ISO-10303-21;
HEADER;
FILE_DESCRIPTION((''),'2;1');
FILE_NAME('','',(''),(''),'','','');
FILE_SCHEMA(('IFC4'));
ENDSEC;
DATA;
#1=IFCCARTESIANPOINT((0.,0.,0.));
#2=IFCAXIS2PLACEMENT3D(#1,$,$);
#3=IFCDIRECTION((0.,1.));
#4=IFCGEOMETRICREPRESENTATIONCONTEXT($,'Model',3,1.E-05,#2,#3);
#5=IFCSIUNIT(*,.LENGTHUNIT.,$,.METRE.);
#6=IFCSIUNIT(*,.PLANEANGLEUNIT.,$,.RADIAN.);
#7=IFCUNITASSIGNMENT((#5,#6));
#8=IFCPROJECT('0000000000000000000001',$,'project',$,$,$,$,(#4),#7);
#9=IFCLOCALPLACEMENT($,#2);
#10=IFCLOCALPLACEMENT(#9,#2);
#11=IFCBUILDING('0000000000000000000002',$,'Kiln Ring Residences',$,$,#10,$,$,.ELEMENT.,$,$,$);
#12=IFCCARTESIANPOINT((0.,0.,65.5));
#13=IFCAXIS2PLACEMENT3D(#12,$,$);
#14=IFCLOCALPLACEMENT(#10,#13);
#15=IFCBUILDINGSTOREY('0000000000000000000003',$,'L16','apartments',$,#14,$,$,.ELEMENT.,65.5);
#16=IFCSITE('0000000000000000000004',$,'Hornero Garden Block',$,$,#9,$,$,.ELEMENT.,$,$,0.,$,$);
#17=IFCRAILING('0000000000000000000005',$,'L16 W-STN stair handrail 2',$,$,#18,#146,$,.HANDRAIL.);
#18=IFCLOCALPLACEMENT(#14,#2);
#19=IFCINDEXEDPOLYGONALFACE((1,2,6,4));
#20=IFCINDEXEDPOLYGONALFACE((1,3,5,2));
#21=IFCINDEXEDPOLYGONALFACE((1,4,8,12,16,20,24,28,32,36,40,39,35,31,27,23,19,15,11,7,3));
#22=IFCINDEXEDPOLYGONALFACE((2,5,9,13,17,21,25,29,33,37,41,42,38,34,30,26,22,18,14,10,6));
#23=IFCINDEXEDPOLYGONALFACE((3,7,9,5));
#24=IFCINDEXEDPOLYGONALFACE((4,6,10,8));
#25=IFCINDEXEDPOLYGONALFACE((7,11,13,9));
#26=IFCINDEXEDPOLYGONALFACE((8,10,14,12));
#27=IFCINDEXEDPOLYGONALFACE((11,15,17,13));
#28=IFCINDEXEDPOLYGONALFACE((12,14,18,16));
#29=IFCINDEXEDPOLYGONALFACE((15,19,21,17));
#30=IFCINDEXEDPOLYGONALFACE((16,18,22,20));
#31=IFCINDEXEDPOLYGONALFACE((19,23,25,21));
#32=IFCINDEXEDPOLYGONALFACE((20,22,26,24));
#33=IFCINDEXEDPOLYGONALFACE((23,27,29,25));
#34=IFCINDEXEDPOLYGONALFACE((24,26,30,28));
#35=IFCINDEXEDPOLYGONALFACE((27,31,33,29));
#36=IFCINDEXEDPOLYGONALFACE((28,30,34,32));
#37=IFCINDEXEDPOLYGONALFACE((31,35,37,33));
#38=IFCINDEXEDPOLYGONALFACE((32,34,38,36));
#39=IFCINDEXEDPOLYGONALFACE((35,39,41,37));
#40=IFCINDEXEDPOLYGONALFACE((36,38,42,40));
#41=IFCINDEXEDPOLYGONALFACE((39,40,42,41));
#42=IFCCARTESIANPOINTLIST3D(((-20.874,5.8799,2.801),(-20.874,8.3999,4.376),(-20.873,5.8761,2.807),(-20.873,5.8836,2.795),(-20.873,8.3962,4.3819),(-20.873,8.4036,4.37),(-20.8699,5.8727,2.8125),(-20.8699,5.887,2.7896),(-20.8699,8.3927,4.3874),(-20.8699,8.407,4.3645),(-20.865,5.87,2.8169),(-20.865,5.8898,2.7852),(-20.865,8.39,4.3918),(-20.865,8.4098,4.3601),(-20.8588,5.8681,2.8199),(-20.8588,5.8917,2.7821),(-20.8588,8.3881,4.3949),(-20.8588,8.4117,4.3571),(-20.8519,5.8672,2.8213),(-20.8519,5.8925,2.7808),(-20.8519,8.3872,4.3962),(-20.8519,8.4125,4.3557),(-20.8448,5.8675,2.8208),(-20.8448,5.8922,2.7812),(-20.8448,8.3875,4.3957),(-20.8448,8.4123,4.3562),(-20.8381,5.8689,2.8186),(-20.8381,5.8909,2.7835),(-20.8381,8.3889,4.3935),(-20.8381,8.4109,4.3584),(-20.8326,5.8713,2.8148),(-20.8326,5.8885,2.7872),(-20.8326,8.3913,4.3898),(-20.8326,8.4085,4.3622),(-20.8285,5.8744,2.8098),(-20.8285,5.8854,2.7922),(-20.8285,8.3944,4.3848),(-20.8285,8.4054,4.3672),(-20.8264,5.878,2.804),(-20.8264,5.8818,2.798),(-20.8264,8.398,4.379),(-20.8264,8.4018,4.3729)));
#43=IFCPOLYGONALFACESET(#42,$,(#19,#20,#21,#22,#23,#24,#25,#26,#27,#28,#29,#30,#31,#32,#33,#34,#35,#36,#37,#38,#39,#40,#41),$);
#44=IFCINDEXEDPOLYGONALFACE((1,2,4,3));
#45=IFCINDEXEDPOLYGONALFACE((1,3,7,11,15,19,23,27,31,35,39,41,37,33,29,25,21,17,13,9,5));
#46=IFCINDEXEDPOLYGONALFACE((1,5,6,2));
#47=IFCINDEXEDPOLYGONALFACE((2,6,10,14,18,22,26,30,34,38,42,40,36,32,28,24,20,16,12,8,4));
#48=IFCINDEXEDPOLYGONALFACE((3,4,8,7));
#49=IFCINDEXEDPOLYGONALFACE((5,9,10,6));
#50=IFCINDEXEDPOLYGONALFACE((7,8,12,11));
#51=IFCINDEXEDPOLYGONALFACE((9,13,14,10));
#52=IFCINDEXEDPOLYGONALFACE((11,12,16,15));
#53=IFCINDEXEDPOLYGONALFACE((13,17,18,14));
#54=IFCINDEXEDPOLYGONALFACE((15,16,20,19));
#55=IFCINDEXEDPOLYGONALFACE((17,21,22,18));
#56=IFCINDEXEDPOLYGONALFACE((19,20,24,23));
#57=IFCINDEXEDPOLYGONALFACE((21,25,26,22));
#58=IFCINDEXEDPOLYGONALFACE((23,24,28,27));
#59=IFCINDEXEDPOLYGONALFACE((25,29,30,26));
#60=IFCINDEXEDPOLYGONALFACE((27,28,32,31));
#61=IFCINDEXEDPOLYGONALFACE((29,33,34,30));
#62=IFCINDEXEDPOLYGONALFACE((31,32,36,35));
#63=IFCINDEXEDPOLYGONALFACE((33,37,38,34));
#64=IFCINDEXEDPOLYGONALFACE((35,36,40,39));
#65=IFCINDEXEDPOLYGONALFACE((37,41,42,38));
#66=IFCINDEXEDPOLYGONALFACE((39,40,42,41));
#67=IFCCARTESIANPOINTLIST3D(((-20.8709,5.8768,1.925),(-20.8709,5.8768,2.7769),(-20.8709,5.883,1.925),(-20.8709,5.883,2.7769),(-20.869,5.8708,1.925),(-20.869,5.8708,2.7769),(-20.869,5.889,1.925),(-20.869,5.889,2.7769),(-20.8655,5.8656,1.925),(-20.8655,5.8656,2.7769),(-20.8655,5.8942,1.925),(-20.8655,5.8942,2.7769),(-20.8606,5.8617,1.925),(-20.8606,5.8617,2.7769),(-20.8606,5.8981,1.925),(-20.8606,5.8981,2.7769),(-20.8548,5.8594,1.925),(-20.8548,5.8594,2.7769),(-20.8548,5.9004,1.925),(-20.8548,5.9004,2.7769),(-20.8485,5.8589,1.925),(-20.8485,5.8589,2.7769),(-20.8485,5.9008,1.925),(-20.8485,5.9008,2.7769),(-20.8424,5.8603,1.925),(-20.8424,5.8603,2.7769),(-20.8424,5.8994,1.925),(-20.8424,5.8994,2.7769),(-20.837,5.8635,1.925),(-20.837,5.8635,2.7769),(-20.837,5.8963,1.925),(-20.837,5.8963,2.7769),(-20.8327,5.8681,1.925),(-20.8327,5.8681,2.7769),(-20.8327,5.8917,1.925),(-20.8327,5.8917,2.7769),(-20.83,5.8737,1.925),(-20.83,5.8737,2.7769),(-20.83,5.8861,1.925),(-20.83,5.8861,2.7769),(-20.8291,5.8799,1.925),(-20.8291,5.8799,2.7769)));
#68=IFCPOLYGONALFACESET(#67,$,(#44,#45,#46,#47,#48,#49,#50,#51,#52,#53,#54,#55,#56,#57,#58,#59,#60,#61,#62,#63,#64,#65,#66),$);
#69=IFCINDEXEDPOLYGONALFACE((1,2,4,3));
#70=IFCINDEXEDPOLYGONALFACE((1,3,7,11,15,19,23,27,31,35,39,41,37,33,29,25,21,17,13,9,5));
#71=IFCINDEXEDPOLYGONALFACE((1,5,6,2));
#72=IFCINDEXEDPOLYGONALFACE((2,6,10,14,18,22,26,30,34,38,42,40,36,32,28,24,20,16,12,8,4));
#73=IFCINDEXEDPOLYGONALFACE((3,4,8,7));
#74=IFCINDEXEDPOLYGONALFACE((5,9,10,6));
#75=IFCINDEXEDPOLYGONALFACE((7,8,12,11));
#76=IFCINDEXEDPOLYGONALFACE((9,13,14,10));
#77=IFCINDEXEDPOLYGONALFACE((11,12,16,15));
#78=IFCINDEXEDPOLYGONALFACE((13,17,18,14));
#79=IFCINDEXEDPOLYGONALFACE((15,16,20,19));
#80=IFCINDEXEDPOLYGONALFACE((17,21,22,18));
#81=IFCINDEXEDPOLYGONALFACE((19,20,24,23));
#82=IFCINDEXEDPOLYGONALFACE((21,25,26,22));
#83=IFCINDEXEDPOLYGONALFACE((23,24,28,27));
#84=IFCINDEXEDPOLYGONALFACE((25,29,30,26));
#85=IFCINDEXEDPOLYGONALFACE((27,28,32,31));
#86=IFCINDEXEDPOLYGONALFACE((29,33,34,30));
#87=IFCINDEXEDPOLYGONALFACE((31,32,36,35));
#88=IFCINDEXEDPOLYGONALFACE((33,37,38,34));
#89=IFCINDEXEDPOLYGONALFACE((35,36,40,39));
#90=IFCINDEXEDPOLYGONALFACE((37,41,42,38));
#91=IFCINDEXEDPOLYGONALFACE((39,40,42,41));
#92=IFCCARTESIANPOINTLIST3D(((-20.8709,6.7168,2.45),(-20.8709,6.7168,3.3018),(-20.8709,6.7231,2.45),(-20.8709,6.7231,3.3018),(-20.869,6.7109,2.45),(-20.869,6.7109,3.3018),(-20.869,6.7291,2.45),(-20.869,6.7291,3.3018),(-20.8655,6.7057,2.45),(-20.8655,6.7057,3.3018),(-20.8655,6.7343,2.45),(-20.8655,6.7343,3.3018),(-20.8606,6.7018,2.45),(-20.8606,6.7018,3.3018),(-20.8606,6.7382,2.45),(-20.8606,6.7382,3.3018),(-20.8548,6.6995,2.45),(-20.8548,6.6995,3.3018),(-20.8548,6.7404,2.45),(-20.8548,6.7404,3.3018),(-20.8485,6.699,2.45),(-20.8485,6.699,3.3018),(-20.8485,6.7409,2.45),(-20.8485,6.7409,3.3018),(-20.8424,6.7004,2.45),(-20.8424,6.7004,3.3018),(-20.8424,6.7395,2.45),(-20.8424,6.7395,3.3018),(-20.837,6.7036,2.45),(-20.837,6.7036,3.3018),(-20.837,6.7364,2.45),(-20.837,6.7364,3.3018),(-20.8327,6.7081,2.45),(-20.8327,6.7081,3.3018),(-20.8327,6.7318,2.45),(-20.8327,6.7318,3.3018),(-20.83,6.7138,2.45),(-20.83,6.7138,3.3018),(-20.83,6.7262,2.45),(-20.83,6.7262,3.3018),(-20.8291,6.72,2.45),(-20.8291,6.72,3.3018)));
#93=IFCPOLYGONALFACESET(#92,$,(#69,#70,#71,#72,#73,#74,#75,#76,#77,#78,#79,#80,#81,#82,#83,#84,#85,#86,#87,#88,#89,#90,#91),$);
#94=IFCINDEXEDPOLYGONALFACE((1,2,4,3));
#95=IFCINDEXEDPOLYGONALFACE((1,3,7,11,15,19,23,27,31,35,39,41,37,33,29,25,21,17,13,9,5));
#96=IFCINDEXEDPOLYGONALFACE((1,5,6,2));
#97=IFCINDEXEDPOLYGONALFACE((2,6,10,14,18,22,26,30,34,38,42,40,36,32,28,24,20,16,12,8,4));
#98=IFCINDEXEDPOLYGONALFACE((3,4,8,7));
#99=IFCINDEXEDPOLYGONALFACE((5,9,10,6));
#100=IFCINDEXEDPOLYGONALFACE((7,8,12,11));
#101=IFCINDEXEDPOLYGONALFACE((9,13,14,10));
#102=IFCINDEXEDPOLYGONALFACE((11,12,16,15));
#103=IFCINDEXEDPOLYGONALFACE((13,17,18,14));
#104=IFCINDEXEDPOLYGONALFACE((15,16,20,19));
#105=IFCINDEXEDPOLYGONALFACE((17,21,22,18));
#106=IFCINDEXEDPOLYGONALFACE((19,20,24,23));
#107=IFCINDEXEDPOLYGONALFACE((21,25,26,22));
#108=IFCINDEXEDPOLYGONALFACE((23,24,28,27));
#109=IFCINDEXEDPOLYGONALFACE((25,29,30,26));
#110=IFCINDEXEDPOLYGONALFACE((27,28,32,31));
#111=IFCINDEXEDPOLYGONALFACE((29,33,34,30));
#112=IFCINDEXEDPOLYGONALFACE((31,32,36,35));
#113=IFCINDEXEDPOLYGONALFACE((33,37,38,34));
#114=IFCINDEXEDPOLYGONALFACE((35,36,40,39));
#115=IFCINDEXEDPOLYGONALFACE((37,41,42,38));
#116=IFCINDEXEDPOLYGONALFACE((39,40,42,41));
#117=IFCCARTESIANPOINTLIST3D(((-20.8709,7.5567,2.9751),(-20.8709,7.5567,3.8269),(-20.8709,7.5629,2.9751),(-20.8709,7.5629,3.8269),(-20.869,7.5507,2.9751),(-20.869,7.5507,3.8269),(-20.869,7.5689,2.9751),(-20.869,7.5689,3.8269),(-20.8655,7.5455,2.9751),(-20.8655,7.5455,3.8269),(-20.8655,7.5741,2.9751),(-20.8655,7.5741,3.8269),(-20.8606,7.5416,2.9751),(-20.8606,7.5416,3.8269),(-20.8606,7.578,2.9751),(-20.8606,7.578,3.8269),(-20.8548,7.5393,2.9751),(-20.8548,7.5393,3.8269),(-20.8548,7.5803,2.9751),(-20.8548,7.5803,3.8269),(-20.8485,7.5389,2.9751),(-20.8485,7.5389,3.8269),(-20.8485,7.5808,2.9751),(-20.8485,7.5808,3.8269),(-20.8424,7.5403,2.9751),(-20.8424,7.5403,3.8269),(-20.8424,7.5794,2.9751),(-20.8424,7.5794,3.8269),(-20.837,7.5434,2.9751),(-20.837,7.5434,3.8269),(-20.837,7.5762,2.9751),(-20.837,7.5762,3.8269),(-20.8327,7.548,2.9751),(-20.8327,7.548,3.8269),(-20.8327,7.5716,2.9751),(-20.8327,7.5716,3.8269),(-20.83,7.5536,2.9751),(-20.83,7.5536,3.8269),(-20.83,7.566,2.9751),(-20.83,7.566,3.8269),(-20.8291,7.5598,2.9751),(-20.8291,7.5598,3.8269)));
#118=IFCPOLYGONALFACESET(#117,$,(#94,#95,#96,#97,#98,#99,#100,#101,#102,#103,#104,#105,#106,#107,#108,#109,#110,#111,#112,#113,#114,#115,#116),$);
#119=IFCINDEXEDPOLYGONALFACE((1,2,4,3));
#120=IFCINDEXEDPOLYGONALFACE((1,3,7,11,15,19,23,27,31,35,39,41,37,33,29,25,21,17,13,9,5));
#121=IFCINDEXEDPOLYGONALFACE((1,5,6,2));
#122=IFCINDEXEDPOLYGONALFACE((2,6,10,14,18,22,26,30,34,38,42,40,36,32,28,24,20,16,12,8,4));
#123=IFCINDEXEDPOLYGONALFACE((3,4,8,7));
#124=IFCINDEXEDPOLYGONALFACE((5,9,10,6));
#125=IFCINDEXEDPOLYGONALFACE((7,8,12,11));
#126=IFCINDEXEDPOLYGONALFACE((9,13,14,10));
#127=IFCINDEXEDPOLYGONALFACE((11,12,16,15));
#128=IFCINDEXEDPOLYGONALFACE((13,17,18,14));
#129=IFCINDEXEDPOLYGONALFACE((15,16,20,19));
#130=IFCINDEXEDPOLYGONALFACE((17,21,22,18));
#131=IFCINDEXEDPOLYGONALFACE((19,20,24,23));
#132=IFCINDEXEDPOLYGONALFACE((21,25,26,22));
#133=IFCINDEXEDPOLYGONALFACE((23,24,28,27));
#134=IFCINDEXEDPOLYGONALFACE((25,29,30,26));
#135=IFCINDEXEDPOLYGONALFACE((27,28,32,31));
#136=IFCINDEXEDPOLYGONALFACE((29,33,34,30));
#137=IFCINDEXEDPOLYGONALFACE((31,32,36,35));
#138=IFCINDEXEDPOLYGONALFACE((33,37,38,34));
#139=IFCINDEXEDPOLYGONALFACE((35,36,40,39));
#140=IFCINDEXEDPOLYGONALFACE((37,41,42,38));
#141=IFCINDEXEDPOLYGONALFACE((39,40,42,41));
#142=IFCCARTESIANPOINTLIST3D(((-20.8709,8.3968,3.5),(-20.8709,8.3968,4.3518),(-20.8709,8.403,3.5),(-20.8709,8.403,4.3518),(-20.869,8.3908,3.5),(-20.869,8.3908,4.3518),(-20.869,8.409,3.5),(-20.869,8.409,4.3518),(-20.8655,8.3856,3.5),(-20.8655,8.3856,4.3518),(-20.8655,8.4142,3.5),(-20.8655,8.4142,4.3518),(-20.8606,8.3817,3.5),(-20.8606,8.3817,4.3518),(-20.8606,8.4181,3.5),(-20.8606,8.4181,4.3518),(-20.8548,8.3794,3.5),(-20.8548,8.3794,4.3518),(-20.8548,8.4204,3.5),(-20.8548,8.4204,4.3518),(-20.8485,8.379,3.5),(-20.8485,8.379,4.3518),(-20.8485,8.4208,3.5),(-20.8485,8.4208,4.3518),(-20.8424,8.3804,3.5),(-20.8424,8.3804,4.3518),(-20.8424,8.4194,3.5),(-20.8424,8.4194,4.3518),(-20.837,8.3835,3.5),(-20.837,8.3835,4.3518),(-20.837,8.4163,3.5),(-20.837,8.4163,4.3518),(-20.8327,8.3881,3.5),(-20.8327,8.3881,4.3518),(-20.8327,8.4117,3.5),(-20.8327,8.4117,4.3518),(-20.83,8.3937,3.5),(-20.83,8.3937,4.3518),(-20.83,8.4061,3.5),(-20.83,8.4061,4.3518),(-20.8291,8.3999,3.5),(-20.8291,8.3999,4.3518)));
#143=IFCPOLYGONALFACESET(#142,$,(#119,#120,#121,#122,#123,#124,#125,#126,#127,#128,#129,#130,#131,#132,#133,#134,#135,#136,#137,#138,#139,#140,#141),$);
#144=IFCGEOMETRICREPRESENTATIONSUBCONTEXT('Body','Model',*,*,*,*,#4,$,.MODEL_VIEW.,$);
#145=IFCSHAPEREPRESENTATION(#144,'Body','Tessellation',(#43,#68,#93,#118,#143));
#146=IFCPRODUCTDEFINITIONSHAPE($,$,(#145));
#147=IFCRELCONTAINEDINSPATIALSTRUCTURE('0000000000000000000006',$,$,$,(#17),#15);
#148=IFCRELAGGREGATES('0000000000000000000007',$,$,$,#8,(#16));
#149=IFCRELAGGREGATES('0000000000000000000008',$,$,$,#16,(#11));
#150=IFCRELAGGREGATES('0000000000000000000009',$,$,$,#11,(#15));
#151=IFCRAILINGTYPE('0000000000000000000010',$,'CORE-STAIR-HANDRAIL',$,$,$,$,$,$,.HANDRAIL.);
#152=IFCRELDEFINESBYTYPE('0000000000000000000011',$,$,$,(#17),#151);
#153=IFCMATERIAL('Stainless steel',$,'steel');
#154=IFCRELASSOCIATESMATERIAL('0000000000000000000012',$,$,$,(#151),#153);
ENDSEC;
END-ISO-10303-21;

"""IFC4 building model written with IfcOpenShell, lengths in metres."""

from ifc_helpers import new_model, si_unit, direction, frame, origin, origin_2d, place, context, subcontext, project, spatial, circle, extrude, material, type_object, element, save


model = new_model("IFC4")

# Units and contexts
model_context = context("Model", 3, precision=1e-05, world=origin(), true_north=direction((0.0, 1.0)))
body_context = subcontext(model_context, "Body", "Model", "MODEL_VIEW")
ifc_project = project(units=[si_unit("LENGTHUNIT", "METRE"), si_unit("PLANEANGLEUNIT", "RADIAN")], contexts=[model_context])

# Site, building, storey
site_placement = place(None, origin())
site = spatial("IfcSite", under=ifc_project, at=site_placement, Name="Hornero Garden Block", CompositionType="ELEMENT", RefElevation=0.0)
building_placement = place(site_placement, origin())
building = spatial("IfcBuilding", under=site, at=building_placement, Name="Kiln Ring Residences", CompositionType="ELEMENT")
storey_placement = place(building_placement, frame((0.0, 0.0, 65.5)))
storey = spatial("IfcBuildingStorey", under=building, at=storey_placement, Name="L16", Description="apartments", CompositionType="ELEMENT", Elevation=65.5)

# Railing
ifc_material_1 = material(Name="Stainless steel", Category="steel")
railing_type_1 = type_object("IfcRailingType", Name="CORE-STAIR-HANDRAIL", PredefinedType="HANDRAIL", material=ifc_material_1)
railing_1_placement = place(storey_placement, frame((-20.8501, 5.8799, 1.925)))
element("IfcRailing", 1, at=railing_1_placement, inside=storey, type_object=railing_type_1, Name="L16 W-STN stair handrail 2", PredefinedType="HANDRAIL", context=body_context, shape_type="SweptSolid", body=[
    extrude(circle(Radius=0.0239, at=origin_2d()), frame((0.0, 0.0, 0.876), z_axis=(0.0, 0.848008, 0.529984), x_axis=(-1.0, 0.0, 0.0)), (0.0, 0.0, 1.0), 2.9717),
    extrude(circle(Radius=0.021, at=origin_2d()), origin(), (0.0, 0.0, 1.0), 0.8518),
    extrude(circle(Radius=0.021, at=origin_2d()), frame((0.0, 0.8401, 0.5249)), (0.0, 0.0, 1.0), 0.8518),
    extrude(circle(Radius=0.021, at=origin_2d()), frame((0.0, 1.6799, 1.05)), (0.0, 0.0, 1.0), 0.8518),
    extrude(circle(Radius=0.021, at=origin_2d()), frame((0.0, 2.52, 1.575)), (0.0, 0.0, 1.0), 0.8518),
])

save(model, "model.ifc")
